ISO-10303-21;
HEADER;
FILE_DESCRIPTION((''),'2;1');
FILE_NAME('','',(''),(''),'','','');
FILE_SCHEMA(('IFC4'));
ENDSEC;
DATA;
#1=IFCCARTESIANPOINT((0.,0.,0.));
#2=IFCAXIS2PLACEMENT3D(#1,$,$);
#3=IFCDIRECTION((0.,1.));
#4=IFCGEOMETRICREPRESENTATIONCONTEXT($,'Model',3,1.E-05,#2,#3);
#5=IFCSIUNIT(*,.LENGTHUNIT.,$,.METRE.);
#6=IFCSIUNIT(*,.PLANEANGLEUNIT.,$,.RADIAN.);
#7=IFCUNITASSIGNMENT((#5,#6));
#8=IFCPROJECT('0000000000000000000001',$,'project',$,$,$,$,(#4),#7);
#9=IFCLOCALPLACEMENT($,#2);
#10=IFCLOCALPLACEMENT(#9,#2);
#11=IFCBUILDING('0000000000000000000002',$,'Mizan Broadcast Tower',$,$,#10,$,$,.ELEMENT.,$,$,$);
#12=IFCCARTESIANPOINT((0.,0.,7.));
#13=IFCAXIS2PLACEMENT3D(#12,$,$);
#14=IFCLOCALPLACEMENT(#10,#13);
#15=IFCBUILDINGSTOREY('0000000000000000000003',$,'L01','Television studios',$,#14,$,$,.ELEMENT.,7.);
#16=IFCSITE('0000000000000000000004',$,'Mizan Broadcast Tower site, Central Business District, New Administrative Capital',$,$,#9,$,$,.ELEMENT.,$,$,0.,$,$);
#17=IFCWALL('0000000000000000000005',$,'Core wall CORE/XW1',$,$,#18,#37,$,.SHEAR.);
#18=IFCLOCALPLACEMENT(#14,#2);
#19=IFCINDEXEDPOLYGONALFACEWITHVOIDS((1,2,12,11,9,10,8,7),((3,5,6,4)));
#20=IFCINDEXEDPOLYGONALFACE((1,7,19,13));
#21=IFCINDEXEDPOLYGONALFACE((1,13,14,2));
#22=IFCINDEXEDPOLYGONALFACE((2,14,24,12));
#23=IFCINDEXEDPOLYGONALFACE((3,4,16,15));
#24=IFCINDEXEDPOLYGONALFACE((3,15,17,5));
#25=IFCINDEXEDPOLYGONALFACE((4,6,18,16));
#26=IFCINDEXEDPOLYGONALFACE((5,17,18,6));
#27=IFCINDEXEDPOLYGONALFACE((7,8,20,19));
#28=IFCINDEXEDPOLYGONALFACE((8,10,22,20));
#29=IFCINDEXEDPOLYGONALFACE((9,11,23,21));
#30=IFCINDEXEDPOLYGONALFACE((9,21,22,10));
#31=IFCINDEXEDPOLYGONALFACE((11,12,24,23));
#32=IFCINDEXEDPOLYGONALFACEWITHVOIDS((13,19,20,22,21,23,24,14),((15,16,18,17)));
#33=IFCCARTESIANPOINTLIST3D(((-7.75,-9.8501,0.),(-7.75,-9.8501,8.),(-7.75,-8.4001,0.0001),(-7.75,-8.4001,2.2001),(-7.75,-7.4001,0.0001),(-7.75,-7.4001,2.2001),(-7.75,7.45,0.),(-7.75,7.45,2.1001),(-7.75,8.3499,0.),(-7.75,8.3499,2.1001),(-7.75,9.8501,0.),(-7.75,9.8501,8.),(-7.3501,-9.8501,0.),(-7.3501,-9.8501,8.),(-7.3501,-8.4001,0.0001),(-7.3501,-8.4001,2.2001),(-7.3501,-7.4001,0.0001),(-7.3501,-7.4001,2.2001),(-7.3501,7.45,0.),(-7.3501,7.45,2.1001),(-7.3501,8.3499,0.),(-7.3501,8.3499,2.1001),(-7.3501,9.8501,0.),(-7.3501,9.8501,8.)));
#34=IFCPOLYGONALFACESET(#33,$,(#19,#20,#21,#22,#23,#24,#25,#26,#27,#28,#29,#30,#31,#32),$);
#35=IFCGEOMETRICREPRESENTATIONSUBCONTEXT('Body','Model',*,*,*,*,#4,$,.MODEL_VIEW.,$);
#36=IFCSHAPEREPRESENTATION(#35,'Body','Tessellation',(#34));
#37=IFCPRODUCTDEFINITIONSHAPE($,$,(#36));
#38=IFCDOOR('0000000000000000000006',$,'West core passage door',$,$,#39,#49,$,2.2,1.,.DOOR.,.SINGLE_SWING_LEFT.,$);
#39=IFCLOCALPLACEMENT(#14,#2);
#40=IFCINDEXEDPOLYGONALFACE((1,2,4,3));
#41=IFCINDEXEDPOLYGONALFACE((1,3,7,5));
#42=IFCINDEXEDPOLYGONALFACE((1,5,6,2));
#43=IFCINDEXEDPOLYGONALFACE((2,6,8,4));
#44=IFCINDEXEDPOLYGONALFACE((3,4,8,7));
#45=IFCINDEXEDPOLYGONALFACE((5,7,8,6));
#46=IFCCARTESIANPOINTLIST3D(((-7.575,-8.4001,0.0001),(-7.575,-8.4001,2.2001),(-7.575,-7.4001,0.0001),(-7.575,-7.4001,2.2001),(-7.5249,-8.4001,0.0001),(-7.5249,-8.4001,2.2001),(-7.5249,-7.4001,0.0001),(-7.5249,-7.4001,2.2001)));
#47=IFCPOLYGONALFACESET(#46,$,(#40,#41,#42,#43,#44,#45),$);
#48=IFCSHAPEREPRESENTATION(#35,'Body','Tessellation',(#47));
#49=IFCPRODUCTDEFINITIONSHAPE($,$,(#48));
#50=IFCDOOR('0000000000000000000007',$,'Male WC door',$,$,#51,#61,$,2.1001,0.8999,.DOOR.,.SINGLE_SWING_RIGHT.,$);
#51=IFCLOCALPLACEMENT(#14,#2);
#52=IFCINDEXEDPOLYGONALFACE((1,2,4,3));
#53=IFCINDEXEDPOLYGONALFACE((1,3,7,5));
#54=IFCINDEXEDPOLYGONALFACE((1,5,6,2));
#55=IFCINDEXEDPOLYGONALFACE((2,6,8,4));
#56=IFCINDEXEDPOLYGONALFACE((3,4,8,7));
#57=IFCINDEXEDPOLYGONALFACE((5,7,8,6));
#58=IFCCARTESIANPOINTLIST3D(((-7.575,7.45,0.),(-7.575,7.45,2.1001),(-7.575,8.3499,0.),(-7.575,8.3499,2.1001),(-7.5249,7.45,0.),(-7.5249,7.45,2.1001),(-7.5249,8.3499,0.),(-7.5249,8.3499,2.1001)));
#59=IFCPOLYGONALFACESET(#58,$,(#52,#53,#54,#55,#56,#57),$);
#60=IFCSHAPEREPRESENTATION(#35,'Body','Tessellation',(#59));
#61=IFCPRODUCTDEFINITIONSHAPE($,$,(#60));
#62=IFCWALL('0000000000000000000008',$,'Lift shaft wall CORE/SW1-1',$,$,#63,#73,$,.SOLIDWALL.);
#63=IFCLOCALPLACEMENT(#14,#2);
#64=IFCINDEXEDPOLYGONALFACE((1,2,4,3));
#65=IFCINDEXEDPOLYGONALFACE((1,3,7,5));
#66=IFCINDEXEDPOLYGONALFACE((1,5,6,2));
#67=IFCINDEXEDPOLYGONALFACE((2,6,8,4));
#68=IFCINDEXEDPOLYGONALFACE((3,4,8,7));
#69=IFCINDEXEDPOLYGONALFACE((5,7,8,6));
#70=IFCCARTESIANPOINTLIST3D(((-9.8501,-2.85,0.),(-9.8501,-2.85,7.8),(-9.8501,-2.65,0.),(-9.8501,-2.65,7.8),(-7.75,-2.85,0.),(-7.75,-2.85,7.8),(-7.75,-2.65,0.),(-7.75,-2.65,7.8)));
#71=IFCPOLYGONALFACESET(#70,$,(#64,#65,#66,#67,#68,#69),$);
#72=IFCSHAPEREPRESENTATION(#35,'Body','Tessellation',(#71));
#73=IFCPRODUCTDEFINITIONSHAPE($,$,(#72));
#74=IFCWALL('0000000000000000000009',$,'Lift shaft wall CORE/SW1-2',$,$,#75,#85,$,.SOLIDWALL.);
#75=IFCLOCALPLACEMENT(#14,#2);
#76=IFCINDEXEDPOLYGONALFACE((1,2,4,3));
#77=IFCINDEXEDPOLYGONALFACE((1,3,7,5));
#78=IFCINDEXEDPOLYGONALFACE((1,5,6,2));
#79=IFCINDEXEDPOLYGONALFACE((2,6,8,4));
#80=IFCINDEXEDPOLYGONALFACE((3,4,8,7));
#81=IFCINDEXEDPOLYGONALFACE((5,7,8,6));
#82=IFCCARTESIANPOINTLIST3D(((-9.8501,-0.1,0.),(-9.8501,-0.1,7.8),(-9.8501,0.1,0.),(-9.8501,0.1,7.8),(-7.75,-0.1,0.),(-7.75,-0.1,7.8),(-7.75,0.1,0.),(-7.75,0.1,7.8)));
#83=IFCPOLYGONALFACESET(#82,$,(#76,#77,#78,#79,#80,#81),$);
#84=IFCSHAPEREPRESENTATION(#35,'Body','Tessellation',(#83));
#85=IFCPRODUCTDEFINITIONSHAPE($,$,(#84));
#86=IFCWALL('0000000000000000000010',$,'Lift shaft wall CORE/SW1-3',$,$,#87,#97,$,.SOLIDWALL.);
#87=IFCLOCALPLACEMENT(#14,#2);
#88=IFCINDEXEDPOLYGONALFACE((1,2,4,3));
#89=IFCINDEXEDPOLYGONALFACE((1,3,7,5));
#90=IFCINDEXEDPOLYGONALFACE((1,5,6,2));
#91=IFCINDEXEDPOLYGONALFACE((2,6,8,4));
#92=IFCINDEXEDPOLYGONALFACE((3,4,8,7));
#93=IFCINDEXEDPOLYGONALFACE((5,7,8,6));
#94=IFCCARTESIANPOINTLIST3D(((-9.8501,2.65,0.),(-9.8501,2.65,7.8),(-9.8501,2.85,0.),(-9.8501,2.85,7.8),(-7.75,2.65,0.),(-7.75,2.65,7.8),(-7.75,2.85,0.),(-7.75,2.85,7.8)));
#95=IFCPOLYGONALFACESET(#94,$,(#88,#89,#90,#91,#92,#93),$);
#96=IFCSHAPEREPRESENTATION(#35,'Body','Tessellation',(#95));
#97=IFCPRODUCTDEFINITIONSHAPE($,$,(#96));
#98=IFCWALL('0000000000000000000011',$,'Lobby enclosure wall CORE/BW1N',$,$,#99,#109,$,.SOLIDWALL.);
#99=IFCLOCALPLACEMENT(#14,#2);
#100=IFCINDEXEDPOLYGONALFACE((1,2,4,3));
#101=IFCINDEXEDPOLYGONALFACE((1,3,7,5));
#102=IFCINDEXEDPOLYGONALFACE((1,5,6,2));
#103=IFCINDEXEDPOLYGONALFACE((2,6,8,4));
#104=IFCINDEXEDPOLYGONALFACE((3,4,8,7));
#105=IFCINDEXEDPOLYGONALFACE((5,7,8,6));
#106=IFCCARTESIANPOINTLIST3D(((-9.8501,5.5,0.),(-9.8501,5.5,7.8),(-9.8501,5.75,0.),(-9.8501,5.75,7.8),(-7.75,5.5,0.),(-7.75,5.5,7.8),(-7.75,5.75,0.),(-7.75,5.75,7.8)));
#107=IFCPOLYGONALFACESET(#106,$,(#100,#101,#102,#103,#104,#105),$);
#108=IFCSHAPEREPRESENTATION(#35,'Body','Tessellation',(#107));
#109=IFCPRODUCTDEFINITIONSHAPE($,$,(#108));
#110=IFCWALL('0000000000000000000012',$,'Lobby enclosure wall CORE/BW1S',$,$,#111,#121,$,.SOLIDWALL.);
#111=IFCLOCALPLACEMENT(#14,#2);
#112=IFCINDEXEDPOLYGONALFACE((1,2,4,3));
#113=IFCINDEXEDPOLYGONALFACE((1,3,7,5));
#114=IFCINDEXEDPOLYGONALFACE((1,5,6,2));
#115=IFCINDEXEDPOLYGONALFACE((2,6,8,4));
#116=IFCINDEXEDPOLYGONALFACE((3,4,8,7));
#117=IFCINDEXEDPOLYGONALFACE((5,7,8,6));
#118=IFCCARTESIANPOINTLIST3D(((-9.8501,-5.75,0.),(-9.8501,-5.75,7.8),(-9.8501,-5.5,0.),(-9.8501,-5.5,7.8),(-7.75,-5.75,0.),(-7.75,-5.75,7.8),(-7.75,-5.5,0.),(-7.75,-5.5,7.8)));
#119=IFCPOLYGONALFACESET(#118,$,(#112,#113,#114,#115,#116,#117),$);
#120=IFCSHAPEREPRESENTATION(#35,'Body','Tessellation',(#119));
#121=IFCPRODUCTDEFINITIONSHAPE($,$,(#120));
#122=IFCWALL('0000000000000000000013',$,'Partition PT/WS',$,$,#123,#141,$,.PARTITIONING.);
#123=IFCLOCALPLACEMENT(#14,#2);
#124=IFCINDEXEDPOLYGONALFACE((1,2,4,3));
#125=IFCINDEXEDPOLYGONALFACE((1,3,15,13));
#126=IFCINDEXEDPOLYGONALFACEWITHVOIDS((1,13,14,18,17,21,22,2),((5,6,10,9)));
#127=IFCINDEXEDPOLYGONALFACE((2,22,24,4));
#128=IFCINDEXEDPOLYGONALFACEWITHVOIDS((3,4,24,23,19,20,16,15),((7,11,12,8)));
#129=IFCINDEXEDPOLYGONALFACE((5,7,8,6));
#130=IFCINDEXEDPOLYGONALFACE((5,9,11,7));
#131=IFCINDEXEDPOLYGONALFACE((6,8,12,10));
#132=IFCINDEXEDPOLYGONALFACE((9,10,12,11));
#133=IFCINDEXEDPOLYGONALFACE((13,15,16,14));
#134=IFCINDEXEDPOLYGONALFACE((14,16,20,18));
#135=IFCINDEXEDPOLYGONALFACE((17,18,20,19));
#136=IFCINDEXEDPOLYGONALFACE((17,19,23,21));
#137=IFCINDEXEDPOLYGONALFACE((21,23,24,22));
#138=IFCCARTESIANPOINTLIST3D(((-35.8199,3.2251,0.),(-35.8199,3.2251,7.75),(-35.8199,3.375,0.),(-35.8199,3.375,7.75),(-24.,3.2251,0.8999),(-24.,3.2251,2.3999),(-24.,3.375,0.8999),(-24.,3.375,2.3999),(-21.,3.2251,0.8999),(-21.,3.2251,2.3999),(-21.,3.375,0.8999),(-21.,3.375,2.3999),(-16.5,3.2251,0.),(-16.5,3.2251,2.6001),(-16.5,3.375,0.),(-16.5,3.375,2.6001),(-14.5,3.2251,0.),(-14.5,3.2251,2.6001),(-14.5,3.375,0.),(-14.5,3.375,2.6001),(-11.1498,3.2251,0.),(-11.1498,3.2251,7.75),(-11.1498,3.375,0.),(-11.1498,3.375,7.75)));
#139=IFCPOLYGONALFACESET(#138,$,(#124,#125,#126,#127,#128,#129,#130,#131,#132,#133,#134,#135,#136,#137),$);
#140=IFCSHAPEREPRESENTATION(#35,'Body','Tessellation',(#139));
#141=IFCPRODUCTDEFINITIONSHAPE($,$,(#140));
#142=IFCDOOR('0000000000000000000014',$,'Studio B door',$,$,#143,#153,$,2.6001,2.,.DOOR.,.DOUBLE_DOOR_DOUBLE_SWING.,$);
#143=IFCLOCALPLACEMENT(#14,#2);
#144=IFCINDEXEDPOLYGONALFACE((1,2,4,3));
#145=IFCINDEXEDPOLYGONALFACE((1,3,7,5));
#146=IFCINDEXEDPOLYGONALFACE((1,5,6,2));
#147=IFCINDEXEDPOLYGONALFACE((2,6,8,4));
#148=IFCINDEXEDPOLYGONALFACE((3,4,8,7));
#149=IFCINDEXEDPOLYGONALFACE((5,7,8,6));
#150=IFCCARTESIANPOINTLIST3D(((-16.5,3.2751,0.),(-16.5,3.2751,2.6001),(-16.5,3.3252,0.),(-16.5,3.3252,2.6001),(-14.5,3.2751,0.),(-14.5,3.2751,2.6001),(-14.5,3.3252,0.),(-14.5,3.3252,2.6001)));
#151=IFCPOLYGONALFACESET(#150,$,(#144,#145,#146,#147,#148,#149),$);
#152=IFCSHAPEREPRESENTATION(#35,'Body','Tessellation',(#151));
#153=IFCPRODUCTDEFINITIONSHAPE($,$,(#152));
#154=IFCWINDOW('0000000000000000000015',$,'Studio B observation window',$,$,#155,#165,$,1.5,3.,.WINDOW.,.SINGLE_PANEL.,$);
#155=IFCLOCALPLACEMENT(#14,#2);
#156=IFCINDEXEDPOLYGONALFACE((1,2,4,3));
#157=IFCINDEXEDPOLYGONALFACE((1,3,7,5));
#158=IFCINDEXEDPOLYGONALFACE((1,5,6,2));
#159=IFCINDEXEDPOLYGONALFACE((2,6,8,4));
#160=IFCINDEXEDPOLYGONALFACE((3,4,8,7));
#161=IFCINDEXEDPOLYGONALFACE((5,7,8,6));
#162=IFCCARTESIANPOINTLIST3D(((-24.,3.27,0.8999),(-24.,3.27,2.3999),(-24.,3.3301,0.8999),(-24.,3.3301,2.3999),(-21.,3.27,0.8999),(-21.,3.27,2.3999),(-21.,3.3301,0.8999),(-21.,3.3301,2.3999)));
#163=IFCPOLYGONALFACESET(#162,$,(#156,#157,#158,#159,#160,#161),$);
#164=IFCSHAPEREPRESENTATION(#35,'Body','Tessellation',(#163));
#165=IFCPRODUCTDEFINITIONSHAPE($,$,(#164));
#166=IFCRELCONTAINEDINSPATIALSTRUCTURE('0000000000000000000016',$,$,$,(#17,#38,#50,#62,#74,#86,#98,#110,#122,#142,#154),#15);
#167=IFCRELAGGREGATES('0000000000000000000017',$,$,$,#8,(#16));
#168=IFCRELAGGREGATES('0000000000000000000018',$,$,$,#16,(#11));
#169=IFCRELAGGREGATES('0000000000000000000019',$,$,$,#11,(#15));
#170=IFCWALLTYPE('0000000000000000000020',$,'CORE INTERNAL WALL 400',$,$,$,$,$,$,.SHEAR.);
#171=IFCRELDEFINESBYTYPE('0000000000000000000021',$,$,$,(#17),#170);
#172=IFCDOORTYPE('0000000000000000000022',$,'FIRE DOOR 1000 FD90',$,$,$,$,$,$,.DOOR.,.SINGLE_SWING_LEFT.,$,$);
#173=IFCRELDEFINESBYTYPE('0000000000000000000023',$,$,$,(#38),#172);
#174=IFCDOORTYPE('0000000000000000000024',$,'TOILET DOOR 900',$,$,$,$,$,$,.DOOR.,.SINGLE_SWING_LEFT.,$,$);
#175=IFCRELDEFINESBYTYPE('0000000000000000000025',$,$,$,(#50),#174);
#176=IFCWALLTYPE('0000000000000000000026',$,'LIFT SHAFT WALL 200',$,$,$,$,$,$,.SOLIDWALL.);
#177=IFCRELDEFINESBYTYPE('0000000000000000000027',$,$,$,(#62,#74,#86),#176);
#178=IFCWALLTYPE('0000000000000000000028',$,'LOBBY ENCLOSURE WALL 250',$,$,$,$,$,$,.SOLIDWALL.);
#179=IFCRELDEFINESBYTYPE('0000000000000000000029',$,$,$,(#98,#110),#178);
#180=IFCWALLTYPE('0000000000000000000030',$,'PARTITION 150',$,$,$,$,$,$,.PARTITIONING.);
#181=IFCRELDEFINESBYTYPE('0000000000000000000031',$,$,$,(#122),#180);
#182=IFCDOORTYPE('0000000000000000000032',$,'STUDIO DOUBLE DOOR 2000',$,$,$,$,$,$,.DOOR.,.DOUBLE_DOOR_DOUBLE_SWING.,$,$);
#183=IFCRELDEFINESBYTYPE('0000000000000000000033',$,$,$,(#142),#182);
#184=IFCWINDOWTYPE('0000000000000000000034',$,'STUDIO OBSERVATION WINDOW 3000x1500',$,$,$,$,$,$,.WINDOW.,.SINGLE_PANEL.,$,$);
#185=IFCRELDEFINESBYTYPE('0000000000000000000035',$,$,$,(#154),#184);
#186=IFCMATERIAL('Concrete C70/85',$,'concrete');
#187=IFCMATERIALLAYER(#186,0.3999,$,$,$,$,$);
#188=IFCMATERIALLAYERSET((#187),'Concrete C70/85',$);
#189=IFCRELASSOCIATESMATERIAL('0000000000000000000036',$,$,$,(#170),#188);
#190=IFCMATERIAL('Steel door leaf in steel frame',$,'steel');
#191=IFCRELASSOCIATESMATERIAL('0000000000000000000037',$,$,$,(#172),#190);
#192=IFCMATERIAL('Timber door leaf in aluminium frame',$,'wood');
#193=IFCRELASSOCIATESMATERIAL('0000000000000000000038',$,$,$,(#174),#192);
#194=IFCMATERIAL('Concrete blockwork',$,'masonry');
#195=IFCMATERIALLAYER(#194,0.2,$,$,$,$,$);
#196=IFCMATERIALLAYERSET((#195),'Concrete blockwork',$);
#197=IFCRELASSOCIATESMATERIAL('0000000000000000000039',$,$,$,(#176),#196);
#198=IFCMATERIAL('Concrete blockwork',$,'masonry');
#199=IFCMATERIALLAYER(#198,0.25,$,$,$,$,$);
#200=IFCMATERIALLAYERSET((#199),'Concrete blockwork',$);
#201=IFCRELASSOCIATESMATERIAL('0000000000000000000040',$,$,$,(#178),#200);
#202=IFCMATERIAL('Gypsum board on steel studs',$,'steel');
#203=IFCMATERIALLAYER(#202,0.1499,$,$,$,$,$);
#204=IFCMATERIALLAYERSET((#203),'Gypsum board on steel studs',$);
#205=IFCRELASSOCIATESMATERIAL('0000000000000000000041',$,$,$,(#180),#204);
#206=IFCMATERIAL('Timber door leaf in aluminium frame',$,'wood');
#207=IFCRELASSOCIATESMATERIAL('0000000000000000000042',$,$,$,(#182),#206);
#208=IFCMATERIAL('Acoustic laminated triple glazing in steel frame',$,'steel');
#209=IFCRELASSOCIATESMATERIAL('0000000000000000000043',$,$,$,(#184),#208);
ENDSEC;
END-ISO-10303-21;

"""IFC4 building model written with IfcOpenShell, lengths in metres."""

from ifc_helpers import new_model, si_unit, direction, frame, frame_2d, origin, place, context, subcontext, project, spatial, rectangle, extrude, material, layer, layer_set, type_object, element, fill, save


model = new_model("IFC4")

# Units and contexts
model_context = context("Model", 3, precision=1e-05, world=origin(), true_north=direction((0.0, 1.0)))
body_context = subcontext(model_context, "Body", "Model", "MODEL_VIEW")
ifc_project = project(units=[si_unit("LENGTHUNIT", "METRE"), si_unit("PLANEANGLEUNIT", "RADIAN")], contexts=[model_context])

# Site, building, storey
site_placement = place(None, origin())
site = spatial("IfcSite", under=ifc_project, at=site_placement, Name="Mizan Broadcast Tower site, Central Business District, New Administrative Capital", CompositionType="ELEMENT", RefElevation=0.0)
building_placement = place(site_placement, origin())
building = spatial("IfcBuilding", under=site, at=building_placement, Name="Mizan Broadcast Tower", CompositionType="ELEMENT")
storey_placement = place(building_placement, frame((0.0, 0.0, 7.0)))
storey = spatial("IfcBuildingStorey", under=building, at=storey_placement, Name="L01", Description="Television studios", CompositionType="ELEMENT", Elevation=7.0)

# Wall, openings, doors
ifc_material_1 = material(Name="Concrete C70/85", Category="concrete")
ifc_layer_1 = layer(ifc_material_1, 0.3999)
ifc_layer_set_1 = layer_set([ifc_layer_1], Name="Concrete C70/85")
wall_type_1 = type_object("IfcWallType", Name="CORE INTERNAL WALL 400", PredefinedType="SHEAR", material=ifc_layer_set_1)
wall_1_placement = place(storey_placement, frame((-7.55, -9.8501, 0.0), z_axis=(0.0, 0.0, 1.0), x_axis=(0.0, 1.0, 0.0)))
wall_1 = element("IfcWall", 1, at=wall_1_placement, inside=storey, type_object=wall_type_1, Name="Core wall CORE/XW1", PredefinedType="SHEAR", context=body_context, shape_type="SweptSolid", body=[
    extrude(rectangle(XDim=19.7002, YDim=0.3999, at=frame_2d((9.8501, 0.0))), origin(), (0.0, 0.0, 1.0), 8.0),
])
opening_1_placement = place(wall_1_placement, frame((1.45, 0.0, 0.0)))
opening_1 = element("IfcOpeningElement", 2, at=opening_1_placement, cuts=wall_1, PredefinedType="OPENING", context=body_context, shape_type="SweptSolid", body=[
    extrude(rectangle(XDim=1.0, YDim=2.2, at=frame_2d((0.5, 1.1001))), frame((0.0, 0.21, 0.0), z_axis=(0.0, -1.0, 0.0), x_axis=(1.0, 0.0, 0.0)), (0.0, 0.0, 1.0), 0.4199),
])
opening_2_placement = place(wall_1_placement, frame((17.3, 0.0, 0.0)))
opening_2 = element("IfcOpeningElement", 3, at=opening_2_placement, cuts=wall_1, PredefinedType="OPENING", context=body_context, shape_type="SweptSolid", body=[
    extrude(rectangle(XDim=0.8999, YDim=2.1001, at=frame_2d((0.45, 1.05))), frame((0.0, 0.21, 0.0), z_axis=(0.0, -1.0, 0.0), x_axis=(1.0, 0.0, 0.0)), (0.0, 0.0, 1.0), 0.4199),
])
ifc_material_2 = material(Name="Steel door leaf in steel frame", Category="steel")
door_type_1 = type_object("IfcDoorType", Name="FIRE DOOR 1000 FD90", OperationType="SINGLE_SWING_LEFT", PredefinedType="DOOR", material=ifc_material_2)
door_1_placement = place(opening_1_placement, origin())
door_1 = element("IfcDoor", 4, at=door_1_placement, inside=storey, type_object=door_type_1, Name="West core passage door", OperationType="SINGLE_SWING_LEFT", OverallHeight=2.2, OverallWidth=1.0, PredefinedType="DOOR", context=body_context, shape_type="SweptSolid", body=[
    extrude(rectangle(XDim=1.0, YDim=2.2, at=frame_2d((0.5, 1.1001))), frame((0.0, 0.0249, 0.0), z_axis=(0.0, -1.0, 0.0), x_axis=(1.0, 0.0, 0.0)), (0.0, 0.0, 1.0), 0.05),
])
fill(opening_1, door_1)
ifc_material_3 = material(Name="Timber door leaf in aluminium frame", Category="wood")
door_type_2 = type_object("IfcDoorType", Name="TOILET DOOR 900", OperationType="SINGLE_SWING_LEFT", PredefinedType="DOOR", material=ifc_material_3)
door_2_placement = place(opening_2_placement, origin())
door_2 = element("IfcDoor", 5, at=door_2_placement, inside=storey, type_object=door_type_2, Name="Male WC door", OperationType="SINGLE_SWING_RIGHT", OverallHeight=2.1001, OverallWidth=0.8999, PredefinedType="DOOR", context=body_context, shape_type="SweptSolid", body=[
    extrude(rectangle(XDim=0.8999, YDim=2.1001, at=frame_2d((0.45, 1.05))), frame((0.0, 0.0249, 0.0), z_axis=(0.0, -1.0, 0.0), x_axis=(1.0, 0.0, 0.0)), (0.0, 0.0, 1.0), 0.05),
])
fill(opening_2, door_2)

# Walls
ifc_material_4 = material(Name="Concrete blockwork", Category="masonry")
ifc_layer_2 = layer(ifc_material_4, 0.2)
ifc_layer_set_2 = layer_set([ifc_layer_2], Name="Concrete blockwork")
wall_type_2 = type_object("IfcWallType", Name="LIFT SHAFT WALL 200", PredefinedType="SOLIDWALL", material=ifc_layer_set_2)
for number, where, z_axis, x_axis, name in (
    (6, (-9.8501, -2.75, 0.0), (0.0, 0.0, 1.0), (1.0, 0.0, 0.0), "Lift shaft wall CORE/SW1-1"),
    (7, (-9.8501, 0.0, 0.0), (0.0, 0.0, 1.0), (1.0, 0.0, 0.0), "Lift shaft wall CORE/SW1-2"),
    (8, (-9.8501, 2.75, 0.0), (0.0, 0.0, 1.0), (1.0, 0.0, 0.0), "Lift shaft wall CORE/SW1-3"),
):
    element("IfcWall", number, at=place(storey_placement, frame(where, z_axis=z_axis, x_axis=x_axis)), inside=storey, type_object=wall_type_2, Name=name, PredefinedType="SOLIDWALL", context=body_context, shape_type="SweptSolid", body=[
        extrude(rectangle(XDim=2.1001, YDim=0.2, at=frame_2d((1.05, 0.0))), origin(), (0.0, 0.0, 1.0), 7.8),
    ])
ifc_material_5 = material(Name="Concrete blockwork", Category="masonry")
ifc_layer_3 = layer(ifc_material_5, 0.25)
ifc_layer_set_3 = layer_set([ifc_layer_3], Name="Concrete blockwork")
wall_type_3 = type_object("IfcWallType", Name="LOBBY ENCLOSURE WALL 250", PredefinedType="SOLIDWALL", material=ifc_layer_set_3)
for number, where, z_axis, x_axis, name in (
    (9, (-9.8501, 5.625, 0.0), (0.0, 0.0, 1.0), (1.0, 0.0, 0.0), "Lobby enclosure wall CORE/BW1N"),
    (10, (-9.8501, -5.625, 0.0), (0.0, 0.0, 1.0), (1.0, 0.0, 0.0), "Lobby enclosure wall CORE/BW1S"),
):
    element("IfcWall", number, at=place(storey_placement, frame(where, z_axis=z_axis, x_axis=x_axis)), inside=storey, type_object=wall_type_3, Name=name, PredefinedType="SOLIDWALL", context=body_context, shape_type="SweptSolid", body=[
        extrude(rectangle(XDim=2.1001, YDim=0.25, at=frame_2d((1.05, 0.0))), origin(), (0.0, 0.0, 1.0), 7.8),
    ])

# Wall, openings, door, window
ifc_material_6 = material(Name="Gypsum board on steel studs", Category="steel")
ifc_layer_4 = layer(ifc_material_6, 0.1499)
ifc_layer_set_4 = layer_set([ifc_layer_4], Name="Gypsum board on steel studs")
wall_type_4 = type_object("IfcWallType", Name="PARTITION 150", PredefinedType="PARTITIONING", material=ifc_layer_set_4)
wall_2_placement = place(storey_placement, frame((-11.1499, 3.3, 0.0), z_axis=(0.0, 0.0, 1.0), x_axis=(-1.0, 0.0, 0.0)))
wall_2 = element("IfcWall", 11, at=wall_2_placement, inside=storey, type_object=wall_type_4, Name="Partition PT/WS", PredefinedType="PARTITIONING", context=body_context, shape_type="SweptSolid", body=[
    extrude(rectangle(XDim=24.6702, YDim=0.1499, at=frame_2d((12.335, 0.0))), origin(), (0.0, 0.0, 1.0), 7.75),
])
opening_3_placement = place(wall_2_placement, frame((3.3501, 0.0, 0.0)))
opening_3 = element("IfcOpeningElement", 12, at=opening_3_placement, cuts=wall_2, PredefinedType="OPENING", context=body_context, shape_type="SweptSolid", body=[
    extrude(rectangle(XDim=2.0, YDim=2.6001, at=frame_2d((1.0, 1.3))), frame((0.0, 0.085, 0.0), z_axis=(0.0, -1.0, 0.0), x_axis=(1.0, 0.0, 0.0)), (0.0, 0.0, 1.0), 0.1699),
])
opening_4_placement = place(wall_2_placement, frame((9.8501, 0.0, 0.8999)))
opening_4 = element("IfcOpeningElement", 13, at=opening_4_placement, cuts=wall_2, PredefinedType="OPENING", context=body_context, shape_type="SweptSolid", body=[
    extrude(rectangle(XDim=3.0, YDim=1.5, at=frame_2d((1.5, 0.75))), frame((0.0, 0.085, 0.0), z_axis=(0.0, -1.0, 0.0), x_axis=(1.0, 0.0, 0.0)), (0.0, 0.0, 1.0), 0.1699),
])
ifc_material_7 = material(Name="Timber door leaf in aluminium frame", Category="wood")
door_type_3 = type_object("IfcDoorType", Name="STUDIO DOUBLE DOOR 2000", OperationType="DOUBLE_DOOR_DOUBLE_SWING", PredefinedType="DOOR", material=ifc_material_7)
door_3_placement = place(opening_3_placement, origin())
door_3 = element("IfcDoor", 14, at=door_3_placement, inside=storey, type_object=door_type_3, Name="Studio B door", OperationType="DOUBLE_DOOR_DOUBLE_SWING", OverallHeight=2.6001, OverallWidth=2.0, PredefinedType="DOOR", context=body_context, shape_type="SweptSolid", body=[
    extrude(rectangle(XDim=2.0, YDim=2.6001, at=frame_2d((1.0, 1.3))), frame((0.0, 0.0249, 0.0), z_axis=(0.0, -1.0, 0.0), x_axis=(1.0, 0.0, 0.0)), (0.0, 0.0, 1.0), 0.05),
])
fill(opening_3, door_3)
ifc_material_8 = material(Name="Acoustic laminated triple glazing in steel frame", Category="steel")
window_type = type_object("IfcWindowType", Name="STUDIO OBSERVATION WINDOW 3000x1500", PartitioningType="SINGLE_PANEL", PredefinedType="WINDOW", material=ifc_material_8)
window_placement = place(opening_4_placement, origin())
window = element("IfcWindow", 15, at=window_placement, inside=storey, type_object=window_type, Name="Studio B observation window", OverallHeight=1.5, OverallWidth=3.0, PartitioningType="SINGLE_PANEL", PredefinedType="WINDOW", context=body_context, shape_type="SweptSolid", body=[
    extrude(rectangle(XDim=3.0, YDim=1.5, at=frame_2d((1.5, 0.75))), frame((0.0, 0.03, 0.0), z_axis=(0.0, -1.0, 0.0), x_axis=(1.0, 0.0, 0.0)), (0.0, 0.0, 1.0), 0.0601),
])
fill(opening_4, window)

save(model, "model.ifc")
